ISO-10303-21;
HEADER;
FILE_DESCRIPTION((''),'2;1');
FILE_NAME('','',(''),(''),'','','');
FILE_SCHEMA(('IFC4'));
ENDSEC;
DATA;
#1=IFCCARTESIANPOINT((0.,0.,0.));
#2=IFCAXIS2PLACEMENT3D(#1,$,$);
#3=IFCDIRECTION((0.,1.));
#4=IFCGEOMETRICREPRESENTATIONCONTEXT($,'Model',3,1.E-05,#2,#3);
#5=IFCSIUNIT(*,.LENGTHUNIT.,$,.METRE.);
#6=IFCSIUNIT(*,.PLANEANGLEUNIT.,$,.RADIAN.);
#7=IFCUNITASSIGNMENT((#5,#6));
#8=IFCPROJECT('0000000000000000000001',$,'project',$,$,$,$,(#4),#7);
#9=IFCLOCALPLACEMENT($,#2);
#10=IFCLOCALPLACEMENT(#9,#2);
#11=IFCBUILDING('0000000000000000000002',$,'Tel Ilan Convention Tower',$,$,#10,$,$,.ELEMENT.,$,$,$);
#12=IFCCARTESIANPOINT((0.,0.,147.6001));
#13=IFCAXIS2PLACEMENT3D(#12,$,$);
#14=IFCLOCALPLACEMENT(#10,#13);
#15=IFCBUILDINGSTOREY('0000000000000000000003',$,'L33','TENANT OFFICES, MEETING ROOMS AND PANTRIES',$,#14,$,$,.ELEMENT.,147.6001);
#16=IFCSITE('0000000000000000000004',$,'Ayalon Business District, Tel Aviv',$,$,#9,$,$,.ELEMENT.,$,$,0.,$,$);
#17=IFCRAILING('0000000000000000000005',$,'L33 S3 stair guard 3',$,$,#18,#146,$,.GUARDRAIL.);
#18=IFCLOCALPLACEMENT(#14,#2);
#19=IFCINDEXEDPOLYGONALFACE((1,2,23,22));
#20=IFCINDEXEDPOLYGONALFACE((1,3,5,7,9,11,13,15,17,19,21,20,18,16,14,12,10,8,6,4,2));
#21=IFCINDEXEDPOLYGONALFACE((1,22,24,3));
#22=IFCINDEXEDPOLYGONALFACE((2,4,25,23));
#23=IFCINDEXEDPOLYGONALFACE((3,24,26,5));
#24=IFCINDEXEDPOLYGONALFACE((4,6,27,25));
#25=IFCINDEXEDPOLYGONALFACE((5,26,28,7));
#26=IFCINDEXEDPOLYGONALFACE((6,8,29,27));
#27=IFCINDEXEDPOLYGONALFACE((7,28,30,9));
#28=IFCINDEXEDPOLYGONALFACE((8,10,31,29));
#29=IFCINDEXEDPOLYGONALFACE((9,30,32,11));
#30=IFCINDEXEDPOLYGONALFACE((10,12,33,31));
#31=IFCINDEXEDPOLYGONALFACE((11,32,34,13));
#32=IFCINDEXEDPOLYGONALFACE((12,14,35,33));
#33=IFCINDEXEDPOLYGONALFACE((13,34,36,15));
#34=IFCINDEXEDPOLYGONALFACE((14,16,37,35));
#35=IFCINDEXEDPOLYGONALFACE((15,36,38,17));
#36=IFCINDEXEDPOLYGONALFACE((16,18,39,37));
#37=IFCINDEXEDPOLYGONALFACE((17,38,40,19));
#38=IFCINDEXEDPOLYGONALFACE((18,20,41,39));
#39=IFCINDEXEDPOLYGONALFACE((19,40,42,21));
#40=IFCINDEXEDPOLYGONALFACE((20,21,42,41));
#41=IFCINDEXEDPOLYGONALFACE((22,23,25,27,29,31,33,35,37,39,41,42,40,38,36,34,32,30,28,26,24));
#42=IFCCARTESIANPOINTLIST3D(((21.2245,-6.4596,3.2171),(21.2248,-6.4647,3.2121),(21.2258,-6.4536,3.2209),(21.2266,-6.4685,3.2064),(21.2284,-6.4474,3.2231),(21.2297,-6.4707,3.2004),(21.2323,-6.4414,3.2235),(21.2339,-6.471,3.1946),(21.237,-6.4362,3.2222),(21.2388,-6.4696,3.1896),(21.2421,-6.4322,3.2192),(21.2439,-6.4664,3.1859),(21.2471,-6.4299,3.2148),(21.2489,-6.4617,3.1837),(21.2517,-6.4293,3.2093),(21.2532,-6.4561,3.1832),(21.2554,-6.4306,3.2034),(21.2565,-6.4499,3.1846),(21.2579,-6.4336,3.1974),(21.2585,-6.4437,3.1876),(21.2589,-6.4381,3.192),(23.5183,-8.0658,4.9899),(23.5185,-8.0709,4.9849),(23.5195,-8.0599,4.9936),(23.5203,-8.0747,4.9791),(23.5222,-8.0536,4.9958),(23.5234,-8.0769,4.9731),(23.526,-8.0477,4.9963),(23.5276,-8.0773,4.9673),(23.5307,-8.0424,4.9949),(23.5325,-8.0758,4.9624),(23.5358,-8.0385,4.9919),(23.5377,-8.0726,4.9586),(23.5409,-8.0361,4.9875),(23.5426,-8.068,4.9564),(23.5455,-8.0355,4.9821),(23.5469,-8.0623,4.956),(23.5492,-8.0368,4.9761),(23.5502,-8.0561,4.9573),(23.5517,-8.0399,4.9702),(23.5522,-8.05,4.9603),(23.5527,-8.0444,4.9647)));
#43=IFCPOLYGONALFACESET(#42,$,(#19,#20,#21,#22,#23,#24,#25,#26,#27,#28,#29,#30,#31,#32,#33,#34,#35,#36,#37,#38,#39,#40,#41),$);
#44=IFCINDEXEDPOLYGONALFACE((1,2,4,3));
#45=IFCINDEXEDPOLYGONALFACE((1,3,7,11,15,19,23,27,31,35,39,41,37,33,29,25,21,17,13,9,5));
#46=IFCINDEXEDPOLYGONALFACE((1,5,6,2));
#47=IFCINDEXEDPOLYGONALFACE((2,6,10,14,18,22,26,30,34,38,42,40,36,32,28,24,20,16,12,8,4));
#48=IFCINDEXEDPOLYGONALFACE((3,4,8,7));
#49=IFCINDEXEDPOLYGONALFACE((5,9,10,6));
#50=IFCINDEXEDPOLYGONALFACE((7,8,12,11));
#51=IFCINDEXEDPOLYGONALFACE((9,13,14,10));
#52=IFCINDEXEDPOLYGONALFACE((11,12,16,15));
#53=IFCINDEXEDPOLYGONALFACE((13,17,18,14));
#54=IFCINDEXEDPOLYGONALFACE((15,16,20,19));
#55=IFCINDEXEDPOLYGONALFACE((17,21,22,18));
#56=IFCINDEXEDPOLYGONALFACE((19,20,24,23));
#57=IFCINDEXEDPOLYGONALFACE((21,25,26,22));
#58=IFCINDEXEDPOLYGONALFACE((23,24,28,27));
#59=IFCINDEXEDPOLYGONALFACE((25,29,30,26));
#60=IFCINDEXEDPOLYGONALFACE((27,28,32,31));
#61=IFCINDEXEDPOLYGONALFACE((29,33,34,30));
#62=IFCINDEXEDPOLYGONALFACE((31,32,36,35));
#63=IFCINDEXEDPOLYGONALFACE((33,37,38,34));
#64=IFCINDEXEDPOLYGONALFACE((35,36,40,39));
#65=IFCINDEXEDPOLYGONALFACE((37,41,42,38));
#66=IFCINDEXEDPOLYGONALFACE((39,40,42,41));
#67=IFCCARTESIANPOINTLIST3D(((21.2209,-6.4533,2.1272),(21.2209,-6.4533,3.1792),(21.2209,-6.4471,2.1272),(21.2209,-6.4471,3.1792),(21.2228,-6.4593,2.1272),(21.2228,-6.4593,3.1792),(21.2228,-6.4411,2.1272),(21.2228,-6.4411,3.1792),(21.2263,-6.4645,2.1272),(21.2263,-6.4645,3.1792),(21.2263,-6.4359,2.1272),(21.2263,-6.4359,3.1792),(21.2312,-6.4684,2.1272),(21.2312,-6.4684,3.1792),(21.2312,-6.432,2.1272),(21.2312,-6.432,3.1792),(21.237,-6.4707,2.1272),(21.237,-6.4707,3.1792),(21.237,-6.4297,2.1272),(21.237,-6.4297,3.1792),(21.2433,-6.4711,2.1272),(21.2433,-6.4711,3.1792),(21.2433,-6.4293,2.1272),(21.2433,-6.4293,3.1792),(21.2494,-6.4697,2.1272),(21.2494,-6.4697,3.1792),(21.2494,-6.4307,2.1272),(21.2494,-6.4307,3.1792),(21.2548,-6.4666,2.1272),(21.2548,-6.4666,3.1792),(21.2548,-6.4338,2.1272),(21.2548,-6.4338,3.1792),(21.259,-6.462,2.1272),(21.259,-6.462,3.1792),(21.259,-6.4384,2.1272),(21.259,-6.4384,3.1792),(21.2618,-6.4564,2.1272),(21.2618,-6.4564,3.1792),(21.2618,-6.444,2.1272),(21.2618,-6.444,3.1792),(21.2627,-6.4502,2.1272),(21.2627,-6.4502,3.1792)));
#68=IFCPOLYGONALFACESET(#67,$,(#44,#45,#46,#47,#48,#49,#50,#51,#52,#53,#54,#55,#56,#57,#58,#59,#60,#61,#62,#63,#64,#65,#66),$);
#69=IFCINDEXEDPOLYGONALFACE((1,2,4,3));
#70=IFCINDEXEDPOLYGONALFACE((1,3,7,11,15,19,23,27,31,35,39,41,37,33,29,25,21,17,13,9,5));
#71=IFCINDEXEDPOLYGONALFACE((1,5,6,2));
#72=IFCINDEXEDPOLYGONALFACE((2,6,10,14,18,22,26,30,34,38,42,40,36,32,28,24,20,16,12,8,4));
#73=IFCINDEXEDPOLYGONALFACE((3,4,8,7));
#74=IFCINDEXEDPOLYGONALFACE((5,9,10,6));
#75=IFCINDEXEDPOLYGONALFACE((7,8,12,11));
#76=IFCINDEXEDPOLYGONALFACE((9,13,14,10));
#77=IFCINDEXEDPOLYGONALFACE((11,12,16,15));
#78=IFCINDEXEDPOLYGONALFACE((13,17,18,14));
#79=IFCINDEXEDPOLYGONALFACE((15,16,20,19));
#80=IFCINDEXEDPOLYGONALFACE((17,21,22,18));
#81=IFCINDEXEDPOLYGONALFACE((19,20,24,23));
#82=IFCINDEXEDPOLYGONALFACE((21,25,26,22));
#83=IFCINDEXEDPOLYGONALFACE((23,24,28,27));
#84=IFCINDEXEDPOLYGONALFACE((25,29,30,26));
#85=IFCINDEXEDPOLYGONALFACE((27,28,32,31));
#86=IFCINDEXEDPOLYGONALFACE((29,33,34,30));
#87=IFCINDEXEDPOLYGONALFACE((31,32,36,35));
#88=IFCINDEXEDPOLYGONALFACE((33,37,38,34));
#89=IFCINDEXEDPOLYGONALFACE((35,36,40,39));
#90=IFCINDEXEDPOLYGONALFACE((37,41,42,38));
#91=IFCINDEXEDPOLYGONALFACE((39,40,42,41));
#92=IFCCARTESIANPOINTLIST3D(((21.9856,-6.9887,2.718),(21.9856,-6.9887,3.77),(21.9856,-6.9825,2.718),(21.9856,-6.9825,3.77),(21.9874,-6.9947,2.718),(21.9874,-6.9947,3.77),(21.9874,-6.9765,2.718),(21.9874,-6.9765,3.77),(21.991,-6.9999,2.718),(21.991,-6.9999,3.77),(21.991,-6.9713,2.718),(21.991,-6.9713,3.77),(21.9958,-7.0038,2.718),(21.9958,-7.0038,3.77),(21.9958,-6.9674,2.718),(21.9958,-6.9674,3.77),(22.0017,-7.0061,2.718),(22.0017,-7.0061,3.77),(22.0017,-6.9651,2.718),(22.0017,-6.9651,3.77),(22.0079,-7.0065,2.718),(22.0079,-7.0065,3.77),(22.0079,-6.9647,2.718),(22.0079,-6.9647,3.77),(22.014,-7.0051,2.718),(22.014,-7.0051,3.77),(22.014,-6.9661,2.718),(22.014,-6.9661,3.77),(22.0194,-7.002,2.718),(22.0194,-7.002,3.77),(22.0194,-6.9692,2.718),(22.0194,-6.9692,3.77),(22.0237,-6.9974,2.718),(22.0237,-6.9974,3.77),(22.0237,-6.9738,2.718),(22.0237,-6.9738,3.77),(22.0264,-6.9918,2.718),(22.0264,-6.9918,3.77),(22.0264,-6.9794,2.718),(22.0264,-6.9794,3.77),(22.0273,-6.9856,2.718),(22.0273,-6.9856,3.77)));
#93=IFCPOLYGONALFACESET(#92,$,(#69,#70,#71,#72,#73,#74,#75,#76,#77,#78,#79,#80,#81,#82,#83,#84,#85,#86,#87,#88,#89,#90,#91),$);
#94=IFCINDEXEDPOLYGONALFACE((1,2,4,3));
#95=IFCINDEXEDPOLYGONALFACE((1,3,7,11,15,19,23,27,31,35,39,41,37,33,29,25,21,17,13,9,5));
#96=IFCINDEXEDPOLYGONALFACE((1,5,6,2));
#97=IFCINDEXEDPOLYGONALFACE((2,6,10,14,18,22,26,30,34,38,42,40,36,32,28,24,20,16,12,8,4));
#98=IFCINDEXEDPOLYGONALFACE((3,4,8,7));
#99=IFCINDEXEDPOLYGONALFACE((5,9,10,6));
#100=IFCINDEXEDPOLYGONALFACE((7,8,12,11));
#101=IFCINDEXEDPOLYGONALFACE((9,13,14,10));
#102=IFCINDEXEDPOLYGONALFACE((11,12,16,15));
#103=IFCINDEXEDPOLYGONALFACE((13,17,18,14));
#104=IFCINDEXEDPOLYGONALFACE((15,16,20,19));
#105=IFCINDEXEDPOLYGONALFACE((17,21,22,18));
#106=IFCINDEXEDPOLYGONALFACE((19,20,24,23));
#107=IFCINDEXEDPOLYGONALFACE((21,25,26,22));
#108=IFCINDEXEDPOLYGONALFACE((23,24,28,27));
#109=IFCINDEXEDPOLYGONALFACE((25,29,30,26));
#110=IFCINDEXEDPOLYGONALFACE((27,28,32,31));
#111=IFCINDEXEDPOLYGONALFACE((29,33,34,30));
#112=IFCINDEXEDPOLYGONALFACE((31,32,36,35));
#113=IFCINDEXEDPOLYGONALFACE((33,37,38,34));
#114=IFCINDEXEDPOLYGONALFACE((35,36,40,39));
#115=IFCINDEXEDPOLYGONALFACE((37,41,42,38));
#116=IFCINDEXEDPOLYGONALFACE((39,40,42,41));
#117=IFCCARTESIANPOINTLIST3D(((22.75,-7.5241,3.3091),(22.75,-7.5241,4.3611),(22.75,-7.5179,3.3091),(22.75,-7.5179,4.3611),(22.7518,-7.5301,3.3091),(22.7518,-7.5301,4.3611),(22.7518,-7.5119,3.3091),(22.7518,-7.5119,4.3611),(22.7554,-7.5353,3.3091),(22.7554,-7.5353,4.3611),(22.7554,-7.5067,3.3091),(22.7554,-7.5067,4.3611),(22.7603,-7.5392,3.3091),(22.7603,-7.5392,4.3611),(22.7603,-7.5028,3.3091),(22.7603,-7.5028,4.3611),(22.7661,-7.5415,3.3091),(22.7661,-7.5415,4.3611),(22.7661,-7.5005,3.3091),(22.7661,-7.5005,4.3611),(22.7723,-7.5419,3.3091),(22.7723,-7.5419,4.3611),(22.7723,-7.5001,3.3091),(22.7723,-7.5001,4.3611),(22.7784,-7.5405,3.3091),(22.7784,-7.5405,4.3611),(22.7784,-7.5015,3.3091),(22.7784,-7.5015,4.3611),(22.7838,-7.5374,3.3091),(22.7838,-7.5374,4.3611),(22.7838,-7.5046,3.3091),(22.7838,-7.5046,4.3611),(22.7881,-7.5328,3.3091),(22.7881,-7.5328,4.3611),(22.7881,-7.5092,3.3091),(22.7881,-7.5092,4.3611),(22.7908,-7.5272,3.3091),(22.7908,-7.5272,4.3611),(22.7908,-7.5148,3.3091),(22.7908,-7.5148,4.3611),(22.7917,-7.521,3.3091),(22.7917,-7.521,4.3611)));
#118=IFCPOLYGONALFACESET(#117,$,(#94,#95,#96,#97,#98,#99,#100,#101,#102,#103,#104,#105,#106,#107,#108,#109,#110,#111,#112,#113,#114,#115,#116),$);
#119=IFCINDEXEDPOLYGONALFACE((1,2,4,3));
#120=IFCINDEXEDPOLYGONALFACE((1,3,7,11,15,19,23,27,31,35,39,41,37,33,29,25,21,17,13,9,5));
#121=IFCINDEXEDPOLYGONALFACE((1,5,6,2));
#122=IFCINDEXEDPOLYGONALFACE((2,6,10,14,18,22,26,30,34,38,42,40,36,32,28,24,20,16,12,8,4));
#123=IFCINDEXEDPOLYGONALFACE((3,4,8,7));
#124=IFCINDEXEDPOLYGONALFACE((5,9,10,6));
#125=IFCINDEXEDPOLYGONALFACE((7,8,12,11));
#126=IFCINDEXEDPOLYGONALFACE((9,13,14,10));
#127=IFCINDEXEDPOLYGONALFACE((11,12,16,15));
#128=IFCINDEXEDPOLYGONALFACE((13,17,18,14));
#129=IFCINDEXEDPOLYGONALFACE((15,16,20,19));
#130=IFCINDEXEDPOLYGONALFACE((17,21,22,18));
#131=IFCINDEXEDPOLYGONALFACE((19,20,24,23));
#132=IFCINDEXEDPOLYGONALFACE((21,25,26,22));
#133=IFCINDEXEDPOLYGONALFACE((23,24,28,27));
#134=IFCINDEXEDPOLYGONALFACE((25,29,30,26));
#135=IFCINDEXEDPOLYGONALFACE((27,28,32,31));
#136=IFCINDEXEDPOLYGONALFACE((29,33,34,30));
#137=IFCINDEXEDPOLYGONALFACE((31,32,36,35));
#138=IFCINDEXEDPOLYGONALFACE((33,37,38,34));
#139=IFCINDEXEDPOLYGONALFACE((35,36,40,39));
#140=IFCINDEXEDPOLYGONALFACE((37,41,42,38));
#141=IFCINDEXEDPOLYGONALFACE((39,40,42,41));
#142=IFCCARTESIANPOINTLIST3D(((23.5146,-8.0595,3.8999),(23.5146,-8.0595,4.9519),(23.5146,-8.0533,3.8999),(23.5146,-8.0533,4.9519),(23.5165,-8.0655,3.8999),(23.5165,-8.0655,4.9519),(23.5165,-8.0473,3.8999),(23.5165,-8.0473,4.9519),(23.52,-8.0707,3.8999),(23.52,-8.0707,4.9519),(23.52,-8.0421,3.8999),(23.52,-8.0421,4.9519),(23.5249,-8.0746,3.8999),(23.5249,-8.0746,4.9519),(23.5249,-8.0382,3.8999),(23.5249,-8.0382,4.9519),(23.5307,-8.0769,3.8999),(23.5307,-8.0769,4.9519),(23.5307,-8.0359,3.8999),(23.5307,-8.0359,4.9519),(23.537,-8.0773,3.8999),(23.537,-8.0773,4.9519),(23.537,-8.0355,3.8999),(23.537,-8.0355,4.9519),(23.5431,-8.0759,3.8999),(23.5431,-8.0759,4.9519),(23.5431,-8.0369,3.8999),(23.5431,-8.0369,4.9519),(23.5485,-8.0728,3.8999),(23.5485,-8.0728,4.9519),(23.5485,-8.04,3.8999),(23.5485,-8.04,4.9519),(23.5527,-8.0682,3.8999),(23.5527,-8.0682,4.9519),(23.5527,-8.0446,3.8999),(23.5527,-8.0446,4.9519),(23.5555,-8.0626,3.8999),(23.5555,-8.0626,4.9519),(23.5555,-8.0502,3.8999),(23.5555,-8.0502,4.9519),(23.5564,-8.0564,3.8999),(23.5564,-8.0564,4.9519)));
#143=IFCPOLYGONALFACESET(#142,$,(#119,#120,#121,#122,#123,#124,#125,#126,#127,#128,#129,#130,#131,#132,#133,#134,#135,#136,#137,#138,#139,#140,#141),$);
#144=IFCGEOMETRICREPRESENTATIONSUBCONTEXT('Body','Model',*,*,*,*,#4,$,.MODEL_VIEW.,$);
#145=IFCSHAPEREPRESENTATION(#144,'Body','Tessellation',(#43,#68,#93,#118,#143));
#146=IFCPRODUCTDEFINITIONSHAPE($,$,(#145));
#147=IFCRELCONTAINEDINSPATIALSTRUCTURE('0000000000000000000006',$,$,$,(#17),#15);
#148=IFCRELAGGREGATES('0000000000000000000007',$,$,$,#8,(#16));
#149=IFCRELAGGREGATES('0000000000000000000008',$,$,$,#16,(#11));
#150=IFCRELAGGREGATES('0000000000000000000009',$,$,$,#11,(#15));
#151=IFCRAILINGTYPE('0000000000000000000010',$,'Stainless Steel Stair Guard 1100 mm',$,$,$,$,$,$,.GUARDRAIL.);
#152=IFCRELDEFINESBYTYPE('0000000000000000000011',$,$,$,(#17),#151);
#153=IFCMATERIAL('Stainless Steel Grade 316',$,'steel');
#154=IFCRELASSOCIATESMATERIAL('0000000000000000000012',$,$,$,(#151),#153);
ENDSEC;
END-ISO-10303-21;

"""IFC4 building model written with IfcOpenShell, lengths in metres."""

from ifc_helpers import new_model, si_unit, direction, frame, origin, origin_2d, place, context, subcontext, project, spatial, circle, extrude, material, type_object, element, save


model = new_model("IFC4")

# Units and contexts
model_context = context("Model", 3, precision=1e-05, world=origin(), true_north=direction((0.0, 1.0)))
body_context = subcontext(model_context, "Body", "Model", "MODEL_VIEW")
ifc_project = project(units=[si_unit("LENGTHUNIT", "METRE"), si_unit("PLANEANGLEUNIT", "RADIAN")], contexts=[model_context])

# Site, building, storey
site_placement = place(None, origin())
site = spatial("IfcSite", under=ifc_project, at=site_placement, Name="Ayalon Business District, Tel Aviv", CompositionType="ELEMENT", RefElevation=0.0)
building_placement = place(site_placement, origin())
building = spatial("IfcBuilding", under=site, at=building_placement, Name="Tel Ilan Convention Tower", CompositionType="ELEMENT")
storey_placement = place(building_placement, frame((0.0, 0.0, 147.6001)))
storey = spatial("IfcBuildingStorey", under=building, at=storey_placement, Name="L33", Description="TENANT OFFICES, MEETING ROOMS AND PANTRIES", CompositionType="ELEMENT", Elevation=147.6001)

# Railing
ifc_material_1 = material(Name="Stainless Steel Grade 316", Category="steel")
railing_type_1 = type_object("IfcRailingType", Name="Stainless Steel Stair Guard 1100 mm", PredefinedType="GUARDRAIL", material=ifc_material_1)
railing_1_placement = place(storey_placement, frame((21.2417, -6.4502, 2.1272)))
element("IfcRailing", 1, at=railing_1_placement, inside=storey, type_object=railing_type_1, Name="L33 S3 stair guard 3", PredefinedType="GUARDRAIL", context=body_context, shape_type="SweptSolid", body=[
    extrude(circle(Radius=0.0239, at=origin_2d()), frame((0.0, 0.0, 1.0762), z_axis=(0.692098, -0.484653, 0.534894), x_axis=(0.573609, 0.81913, 0.0)), (0.0, 0.0, 1.0), 3.3142),
    extrude(circle(Radius=0.021, at=origin_2d()), origin(), (0.0, 0.0, 1.0), 1.052),
    extrude(circle(Radius=0.021, at=origin_2d()), frame((0.7646, -0.5354, 0.5908)), (0.0, 0.0, 1.0), 1.052),
    extrude(circle(Radius=0.021, at=origin_2d()), frame((1.5291, -1.0708, 1.1819)), (0.0, 0.0, 1.0), 1.052),
    extrude(circle(Radius=0.021, at=origin_2d()), frame((2.2937, -1.6062, 1.7727)), (0.0, 0.0, 1.0), 1.052),
])

save(model, "model.ifc")
